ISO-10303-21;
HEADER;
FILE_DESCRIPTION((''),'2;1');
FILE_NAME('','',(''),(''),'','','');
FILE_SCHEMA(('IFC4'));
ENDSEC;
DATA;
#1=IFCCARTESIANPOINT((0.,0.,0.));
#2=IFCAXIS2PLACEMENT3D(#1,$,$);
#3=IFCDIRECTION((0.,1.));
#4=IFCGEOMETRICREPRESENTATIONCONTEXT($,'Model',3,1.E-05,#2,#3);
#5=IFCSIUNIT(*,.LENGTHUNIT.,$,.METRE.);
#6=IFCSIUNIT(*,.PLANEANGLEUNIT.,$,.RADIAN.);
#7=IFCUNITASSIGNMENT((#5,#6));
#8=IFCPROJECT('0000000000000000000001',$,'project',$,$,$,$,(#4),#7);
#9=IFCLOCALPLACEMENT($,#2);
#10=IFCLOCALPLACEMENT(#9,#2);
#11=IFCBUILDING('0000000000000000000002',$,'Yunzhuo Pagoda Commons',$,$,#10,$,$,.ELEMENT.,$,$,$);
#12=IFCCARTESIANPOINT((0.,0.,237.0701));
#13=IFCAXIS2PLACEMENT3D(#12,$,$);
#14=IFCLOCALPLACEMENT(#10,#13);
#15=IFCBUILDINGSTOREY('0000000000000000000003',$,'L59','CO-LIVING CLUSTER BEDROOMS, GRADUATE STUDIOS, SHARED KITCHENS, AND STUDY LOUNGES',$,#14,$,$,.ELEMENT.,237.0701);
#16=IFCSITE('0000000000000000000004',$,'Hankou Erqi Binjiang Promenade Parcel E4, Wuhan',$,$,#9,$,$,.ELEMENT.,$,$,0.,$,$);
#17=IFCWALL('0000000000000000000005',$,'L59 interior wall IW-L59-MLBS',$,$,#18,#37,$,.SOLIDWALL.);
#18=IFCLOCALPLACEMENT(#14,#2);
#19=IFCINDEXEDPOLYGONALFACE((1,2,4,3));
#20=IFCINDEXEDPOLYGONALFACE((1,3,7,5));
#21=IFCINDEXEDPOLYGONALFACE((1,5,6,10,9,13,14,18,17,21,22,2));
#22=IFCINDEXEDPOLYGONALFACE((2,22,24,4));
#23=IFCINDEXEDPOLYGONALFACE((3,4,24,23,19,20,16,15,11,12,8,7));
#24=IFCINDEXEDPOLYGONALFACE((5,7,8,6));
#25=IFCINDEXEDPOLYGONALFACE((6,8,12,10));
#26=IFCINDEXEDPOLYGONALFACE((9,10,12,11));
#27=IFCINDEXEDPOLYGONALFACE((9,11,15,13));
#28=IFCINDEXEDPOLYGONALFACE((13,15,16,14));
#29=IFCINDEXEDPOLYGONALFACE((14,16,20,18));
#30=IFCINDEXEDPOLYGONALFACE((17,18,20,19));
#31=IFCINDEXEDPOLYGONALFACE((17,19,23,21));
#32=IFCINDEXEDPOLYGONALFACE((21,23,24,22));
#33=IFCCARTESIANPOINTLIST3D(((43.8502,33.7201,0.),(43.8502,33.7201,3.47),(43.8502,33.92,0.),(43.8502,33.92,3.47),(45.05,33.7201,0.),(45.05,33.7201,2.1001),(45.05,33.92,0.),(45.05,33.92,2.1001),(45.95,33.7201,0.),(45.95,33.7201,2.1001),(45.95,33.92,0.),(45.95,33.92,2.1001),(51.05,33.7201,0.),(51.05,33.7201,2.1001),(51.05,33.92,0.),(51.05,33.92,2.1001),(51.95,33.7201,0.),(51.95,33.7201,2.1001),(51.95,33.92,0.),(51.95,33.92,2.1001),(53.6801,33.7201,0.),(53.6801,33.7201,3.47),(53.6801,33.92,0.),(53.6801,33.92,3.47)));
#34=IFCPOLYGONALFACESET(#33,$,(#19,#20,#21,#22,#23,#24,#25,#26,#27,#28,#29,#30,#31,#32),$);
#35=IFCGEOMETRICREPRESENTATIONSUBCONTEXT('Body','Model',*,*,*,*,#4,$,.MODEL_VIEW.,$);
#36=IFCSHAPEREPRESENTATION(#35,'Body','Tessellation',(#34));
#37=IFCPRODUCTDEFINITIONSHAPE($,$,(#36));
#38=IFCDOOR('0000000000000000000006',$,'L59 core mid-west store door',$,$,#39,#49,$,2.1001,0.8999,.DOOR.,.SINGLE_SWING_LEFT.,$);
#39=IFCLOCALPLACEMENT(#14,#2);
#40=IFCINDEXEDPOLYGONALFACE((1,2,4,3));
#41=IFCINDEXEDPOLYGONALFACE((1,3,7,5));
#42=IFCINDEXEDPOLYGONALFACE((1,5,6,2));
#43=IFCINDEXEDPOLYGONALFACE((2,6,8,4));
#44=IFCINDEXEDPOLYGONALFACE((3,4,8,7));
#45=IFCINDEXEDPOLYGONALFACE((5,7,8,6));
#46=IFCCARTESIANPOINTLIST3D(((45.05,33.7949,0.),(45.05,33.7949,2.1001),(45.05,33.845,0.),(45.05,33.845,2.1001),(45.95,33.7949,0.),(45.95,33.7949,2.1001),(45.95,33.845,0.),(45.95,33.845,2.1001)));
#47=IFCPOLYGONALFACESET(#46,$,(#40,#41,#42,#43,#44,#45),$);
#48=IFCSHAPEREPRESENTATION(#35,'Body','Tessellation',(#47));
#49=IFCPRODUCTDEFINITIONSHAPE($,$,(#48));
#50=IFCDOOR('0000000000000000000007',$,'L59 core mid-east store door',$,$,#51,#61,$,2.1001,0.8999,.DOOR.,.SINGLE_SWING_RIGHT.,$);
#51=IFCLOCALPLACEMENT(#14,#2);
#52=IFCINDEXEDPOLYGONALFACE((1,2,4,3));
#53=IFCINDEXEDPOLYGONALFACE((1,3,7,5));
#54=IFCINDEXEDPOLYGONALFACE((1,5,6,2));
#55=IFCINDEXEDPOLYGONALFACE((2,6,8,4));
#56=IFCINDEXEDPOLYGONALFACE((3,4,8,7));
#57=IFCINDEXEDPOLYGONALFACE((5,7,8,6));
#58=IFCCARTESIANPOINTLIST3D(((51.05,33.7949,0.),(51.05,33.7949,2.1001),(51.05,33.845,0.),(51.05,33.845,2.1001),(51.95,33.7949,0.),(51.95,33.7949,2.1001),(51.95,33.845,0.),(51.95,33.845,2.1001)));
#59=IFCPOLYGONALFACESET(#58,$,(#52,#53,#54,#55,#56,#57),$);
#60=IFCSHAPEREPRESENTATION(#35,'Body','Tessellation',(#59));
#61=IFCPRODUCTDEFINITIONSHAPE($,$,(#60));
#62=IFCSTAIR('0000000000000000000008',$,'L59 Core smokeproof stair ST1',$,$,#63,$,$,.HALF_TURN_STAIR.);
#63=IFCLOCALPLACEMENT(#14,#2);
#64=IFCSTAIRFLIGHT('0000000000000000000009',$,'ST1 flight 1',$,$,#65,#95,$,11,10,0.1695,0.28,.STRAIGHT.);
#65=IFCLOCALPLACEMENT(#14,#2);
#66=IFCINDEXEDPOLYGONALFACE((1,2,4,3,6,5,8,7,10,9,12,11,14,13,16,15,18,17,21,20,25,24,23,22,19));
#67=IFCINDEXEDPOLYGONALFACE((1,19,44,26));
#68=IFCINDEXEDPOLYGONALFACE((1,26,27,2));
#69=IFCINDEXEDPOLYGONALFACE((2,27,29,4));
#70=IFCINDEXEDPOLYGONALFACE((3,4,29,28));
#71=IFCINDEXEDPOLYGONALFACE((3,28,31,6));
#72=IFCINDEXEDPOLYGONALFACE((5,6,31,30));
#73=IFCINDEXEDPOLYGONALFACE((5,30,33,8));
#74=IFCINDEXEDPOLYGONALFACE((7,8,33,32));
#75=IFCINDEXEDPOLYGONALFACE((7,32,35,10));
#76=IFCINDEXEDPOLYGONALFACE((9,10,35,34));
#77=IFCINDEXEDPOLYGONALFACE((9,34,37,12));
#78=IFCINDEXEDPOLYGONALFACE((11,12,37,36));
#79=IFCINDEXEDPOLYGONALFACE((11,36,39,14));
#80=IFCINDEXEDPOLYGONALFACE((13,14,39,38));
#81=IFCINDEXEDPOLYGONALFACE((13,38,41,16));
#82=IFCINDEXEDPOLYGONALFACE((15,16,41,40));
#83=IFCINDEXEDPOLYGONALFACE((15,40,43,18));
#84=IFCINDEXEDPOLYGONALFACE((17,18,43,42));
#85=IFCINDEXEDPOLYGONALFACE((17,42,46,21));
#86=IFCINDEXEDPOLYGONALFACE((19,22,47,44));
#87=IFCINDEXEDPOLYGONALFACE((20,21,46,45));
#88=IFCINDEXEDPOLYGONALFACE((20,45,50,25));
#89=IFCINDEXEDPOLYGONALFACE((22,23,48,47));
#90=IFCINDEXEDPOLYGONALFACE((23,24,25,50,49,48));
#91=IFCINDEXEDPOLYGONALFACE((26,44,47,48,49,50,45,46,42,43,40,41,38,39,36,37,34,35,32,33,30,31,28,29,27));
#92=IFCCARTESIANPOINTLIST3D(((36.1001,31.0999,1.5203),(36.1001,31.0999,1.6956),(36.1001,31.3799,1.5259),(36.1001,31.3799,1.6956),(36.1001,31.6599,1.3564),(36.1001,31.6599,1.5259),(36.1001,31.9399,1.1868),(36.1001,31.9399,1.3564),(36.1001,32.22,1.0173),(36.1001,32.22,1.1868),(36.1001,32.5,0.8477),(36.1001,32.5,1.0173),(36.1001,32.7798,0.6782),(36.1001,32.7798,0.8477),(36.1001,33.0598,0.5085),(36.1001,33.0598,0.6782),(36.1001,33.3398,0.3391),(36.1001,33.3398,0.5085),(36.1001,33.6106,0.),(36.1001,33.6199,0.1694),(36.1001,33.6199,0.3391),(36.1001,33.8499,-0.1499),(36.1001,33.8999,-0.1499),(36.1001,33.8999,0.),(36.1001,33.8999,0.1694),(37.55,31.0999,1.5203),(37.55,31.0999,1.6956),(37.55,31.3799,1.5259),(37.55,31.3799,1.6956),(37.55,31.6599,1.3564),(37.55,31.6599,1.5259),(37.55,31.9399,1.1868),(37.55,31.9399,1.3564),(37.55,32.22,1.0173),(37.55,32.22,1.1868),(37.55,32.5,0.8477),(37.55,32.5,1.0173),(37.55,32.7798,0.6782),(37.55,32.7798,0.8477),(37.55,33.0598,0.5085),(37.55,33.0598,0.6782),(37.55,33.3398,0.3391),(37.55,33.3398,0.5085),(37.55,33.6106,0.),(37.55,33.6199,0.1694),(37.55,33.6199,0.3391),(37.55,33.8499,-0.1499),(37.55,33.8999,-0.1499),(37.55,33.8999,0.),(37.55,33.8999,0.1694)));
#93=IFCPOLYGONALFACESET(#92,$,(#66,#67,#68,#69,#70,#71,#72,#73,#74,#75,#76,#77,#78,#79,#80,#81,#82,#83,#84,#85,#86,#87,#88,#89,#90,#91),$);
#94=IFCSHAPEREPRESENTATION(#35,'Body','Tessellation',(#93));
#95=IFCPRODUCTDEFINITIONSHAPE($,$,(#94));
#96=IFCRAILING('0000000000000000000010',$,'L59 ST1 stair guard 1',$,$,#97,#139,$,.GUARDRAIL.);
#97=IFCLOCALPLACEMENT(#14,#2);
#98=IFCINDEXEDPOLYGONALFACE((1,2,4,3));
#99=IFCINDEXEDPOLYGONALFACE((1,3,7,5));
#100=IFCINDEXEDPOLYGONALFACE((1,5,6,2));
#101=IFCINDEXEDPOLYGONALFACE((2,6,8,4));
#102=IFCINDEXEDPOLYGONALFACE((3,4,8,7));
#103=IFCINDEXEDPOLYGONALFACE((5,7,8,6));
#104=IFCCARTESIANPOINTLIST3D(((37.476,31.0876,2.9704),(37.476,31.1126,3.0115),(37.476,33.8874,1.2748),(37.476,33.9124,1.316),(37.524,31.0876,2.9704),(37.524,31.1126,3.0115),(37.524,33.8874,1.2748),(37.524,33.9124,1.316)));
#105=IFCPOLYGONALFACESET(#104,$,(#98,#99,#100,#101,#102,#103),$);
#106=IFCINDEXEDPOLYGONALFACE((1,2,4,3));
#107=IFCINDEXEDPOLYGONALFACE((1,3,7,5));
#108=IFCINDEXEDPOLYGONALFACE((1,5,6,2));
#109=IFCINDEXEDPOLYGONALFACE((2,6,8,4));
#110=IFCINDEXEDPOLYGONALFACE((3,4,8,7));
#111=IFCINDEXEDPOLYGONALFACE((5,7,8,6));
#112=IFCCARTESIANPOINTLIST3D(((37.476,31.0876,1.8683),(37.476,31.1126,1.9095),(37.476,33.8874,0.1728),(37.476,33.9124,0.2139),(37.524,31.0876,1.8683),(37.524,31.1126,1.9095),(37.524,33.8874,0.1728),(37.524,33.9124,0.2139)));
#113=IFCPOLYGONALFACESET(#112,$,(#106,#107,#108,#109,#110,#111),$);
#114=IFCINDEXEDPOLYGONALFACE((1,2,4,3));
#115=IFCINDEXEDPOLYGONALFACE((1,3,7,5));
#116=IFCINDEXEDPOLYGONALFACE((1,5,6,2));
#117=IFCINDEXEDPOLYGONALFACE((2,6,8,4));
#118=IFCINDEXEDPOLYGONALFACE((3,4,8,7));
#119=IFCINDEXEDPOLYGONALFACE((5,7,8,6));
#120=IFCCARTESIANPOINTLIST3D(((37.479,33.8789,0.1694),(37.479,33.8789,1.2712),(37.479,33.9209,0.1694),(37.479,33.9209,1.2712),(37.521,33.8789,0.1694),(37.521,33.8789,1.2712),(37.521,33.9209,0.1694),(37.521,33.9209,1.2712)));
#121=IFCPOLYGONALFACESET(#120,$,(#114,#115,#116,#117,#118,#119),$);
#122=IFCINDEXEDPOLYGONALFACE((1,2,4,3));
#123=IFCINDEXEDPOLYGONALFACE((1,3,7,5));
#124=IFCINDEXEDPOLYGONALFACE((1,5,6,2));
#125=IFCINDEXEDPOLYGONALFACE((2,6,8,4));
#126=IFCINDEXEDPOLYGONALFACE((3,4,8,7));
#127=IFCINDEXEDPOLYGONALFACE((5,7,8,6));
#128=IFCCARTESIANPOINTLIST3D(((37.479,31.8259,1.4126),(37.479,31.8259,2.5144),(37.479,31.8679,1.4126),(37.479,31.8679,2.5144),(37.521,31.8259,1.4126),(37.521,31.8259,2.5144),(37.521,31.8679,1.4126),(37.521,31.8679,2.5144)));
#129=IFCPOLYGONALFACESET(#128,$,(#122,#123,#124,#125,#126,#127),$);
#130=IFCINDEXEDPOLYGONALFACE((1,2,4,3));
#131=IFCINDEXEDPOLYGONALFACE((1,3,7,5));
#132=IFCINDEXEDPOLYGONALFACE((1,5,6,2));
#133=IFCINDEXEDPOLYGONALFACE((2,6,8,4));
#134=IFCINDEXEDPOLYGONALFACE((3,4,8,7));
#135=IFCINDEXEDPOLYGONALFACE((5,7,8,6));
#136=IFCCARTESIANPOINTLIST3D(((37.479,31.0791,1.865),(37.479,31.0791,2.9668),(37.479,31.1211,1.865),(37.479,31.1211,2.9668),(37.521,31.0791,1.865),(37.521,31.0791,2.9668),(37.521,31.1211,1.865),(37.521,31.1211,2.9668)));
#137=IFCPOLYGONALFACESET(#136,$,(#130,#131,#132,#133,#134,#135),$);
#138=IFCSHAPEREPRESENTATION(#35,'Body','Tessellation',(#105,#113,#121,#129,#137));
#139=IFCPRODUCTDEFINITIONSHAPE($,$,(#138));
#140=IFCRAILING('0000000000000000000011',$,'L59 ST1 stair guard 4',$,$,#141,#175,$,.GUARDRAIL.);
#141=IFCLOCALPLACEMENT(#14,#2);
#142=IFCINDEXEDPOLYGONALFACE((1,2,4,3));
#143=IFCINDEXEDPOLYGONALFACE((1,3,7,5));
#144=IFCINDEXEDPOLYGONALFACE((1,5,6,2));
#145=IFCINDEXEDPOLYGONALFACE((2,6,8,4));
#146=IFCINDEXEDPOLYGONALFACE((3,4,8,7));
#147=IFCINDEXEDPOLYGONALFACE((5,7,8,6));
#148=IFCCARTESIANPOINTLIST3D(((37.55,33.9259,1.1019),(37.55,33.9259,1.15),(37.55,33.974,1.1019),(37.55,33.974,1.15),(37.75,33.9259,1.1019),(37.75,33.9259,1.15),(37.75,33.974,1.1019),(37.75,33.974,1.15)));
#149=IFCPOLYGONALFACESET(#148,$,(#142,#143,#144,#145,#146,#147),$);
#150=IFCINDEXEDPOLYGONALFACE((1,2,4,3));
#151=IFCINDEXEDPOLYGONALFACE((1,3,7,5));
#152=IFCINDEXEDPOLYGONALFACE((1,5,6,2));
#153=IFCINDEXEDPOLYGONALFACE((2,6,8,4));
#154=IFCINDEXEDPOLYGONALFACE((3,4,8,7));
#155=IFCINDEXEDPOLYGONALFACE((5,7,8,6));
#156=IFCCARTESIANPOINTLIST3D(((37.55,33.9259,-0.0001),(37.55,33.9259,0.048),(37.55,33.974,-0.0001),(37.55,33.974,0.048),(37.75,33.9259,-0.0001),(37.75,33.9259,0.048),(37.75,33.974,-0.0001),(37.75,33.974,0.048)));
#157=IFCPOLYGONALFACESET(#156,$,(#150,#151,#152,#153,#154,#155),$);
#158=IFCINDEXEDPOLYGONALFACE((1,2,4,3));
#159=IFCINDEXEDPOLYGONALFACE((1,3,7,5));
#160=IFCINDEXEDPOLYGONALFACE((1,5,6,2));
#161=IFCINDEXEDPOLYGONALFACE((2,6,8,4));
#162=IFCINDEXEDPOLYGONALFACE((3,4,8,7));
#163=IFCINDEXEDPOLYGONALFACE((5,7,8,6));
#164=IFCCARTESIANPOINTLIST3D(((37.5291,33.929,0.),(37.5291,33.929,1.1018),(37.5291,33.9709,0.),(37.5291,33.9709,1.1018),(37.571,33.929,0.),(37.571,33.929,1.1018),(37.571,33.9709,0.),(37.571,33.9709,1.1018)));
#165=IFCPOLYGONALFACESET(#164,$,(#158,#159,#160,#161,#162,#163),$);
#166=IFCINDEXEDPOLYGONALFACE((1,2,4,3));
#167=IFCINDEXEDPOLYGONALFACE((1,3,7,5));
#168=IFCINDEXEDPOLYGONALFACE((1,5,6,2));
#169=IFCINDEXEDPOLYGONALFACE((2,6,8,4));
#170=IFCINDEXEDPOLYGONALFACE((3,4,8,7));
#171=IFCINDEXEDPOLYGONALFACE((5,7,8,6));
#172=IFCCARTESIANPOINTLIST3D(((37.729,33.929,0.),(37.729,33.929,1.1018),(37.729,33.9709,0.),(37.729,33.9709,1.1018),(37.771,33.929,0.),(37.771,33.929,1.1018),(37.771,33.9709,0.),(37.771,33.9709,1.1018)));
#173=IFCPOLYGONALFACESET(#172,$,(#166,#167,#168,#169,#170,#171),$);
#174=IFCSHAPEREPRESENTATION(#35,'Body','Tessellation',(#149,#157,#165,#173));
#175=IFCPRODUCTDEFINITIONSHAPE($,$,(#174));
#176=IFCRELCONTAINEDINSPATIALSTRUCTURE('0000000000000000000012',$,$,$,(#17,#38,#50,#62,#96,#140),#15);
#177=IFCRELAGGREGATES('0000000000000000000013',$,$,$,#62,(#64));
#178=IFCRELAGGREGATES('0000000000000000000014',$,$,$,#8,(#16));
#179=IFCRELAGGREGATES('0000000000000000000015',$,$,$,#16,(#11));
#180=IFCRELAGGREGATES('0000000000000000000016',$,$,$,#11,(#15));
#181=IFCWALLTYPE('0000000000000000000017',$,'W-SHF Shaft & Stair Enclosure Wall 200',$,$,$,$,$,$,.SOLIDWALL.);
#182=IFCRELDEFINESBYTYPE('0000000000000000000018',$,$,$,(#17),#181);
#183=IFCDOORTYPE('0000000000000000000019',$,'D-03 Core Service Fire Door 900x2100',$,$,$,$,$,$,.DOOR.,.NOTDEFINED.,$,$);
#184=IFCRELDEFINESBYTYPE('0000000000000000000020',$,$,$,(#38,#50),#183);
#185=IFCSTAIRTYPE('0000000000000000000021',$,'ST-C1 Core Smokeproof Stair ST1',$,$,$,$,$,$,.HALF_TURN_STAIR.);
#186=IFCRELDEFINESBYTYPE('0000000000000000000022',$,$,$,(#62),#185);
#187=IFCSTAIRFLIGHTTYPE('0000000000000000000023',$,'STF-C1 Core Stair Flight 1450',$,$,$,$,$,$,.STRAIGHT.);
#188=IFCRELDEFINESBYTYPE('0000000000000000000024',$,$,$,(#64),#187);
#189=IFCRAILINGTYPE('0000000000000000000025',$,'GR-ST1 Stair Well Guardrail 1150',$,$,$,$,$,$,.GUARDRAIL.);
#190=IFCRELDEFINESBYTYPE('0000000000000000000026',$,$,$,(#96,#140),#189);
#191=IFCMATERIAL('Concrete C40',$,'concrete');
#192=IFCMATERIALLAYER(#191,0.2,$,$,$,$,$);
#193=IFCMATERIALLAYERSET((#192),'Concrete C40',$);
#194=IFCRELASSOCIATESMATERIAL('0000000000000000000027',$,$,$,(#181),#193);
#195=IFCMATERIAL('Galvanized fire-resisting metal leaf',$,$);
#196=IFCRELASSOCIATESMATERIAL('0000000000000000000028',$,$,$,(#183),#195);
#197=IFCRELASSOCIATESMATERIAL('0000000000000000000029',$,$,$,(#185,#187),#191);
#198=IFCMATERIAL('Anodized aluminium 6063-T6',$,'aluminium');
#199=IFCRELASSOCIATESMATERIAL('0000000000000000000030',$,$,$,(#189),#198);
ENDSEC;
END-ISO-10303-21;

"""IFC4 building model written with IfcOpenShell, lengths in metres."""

from ifc_helpers import new_model, si_unit, direction, frame, frame_2d, origin, origin_with_axes, origin_2d, place, context, subcontext, project, spatial, polyline, rectangle, outline, extrude, source, transform, mapped, material, layer, layer_set, type_object, element, fill, aggregate, save


model = new_model("IFC4")

# Units and contexts
model_context = context("Model", 3, precision=1e-05, world=origin(), true_north=direction((0.0, 1.0)))
body_context = subcontext(model_context, "Body", "Model", "MODEL_VIEW")
ifc_project = project(units=[si_unit("LENGTHUNIT", "METRE"), si_unit("PLANEANGLEUNIT", "RADIAN")], contexts=[model_context])

# Site, building, storey
site_placement = place(None, origin())
site = spatial("IfcSite", under=ifc_project, at=site_placement, Name="Hankou Erqi Binjiang Promenade Parcel E4, Wuhan", CompositionType="ELEMENT", RefElevation=0.0)
building_placement = place(site_placement, origin())
building = spatial("IfcBuilding", under=site, at=building_placement, Name="Yunzhuo Pagoda Commons", CompositionType="ELEMENT")
storey_placement = place(building_placement, frame((0.0, 0.0, 237.0701)))
storey = spatial("IfcBuildingStorey", under=building, at=storey_placement, Name="L59", Description="CO-LIVING CLUSTER BEDROOMS, GRADUATE STUDIOS, SHARED KITCHENS, AND STUDY LOUNGES", CompositionType="ELEMENT", Elevation=237.0701)

# Shared definitions
ifc_material_1 = material(Name="Galvanized fire-resisting metal leaf")

# Shared definitions
ifc_material_2 = material(Name="Concrete C40", Category="concrete")
ifc_layer_1 = layer(ifc_material_2, 0.2)
ifc_layer_set_1 = layer_set([ifc_layer_1], Name="Concrete C40")
wall_type_1 = type_object("IfcWallType", Name="W-SHF Shaft & Stair Enclosure Wall 200", PredefinedType="SOLIDWALL", material=ifc_layer_set_1)

# Shared definitions
door_type_1 = type_object("IfcDoorType", Name="D-03 Core Service Fire Door 900x2100", OperationType="NOTDEFINED", PredefinedType="DOOR", material=ifc_material_1)
shared_shape_1 = source(origin(), body_context, "Body", "SweptSolid", [
    extrude(rectangle(XDim=0.8999, YDim=2.1001, at=frame_2d((0.45, 1.05))), frame((0.0, 0.0249, 0.0), z_axis=(0.0, -1.0, 0.0), x_axis=(1.0, 0.0, 0.0)), (0.0, 0.0, 1.0), 0.05),
])

# Wall, openings, doors
wall_1_placement = place(storey_placement, frame((43.8501, 33.8201, 0.0), z_axis=(0.0, 0.0, 1.0), x_axis=(1.0, 0.0, 0.0)))
wall_1 = element("IfcWall", 1, at=wall_1_placement, inside=storey, type_object=wall_type_1, Name="L59 interior wall IW-L59-MLBS", PredefinedType="SOLIDWALL", context=body_context, shape_type="SweptSolid", body=[
    extrude(rectangle(XDim=9.8298, YDim=0.2, at=frame_2d((4.915, 0.0))), origin(), (0.0, 0.0, 1.0), 3.47),
])
opening_1_placement = place(wall_1_placement, frame((1.2, 0.0, 0.0)))
opening_1 = element("IfcOpeningElement", 2, at=opening_1_placement, cuts=wall_1, PredefinedType="OPENING", context=body_context, shape_type="SweptSolid", body=[
    extrude(rectangle(XDim=0.8999, YDim=2.1001, at=frame_2d((0.45, 1.05))), frame((0.0, 0.1099, 0.0), z_axis=(0.0, -1.0, 0.0), x_axis=(1.0, 0.0, 0.0)), (0.0, 0.0, 1.0), 0.22),
])
opening_2_placement = place(wall_1_placement, frame((7.2, 0.0, 0.0)))
opening_2 = element("IfcOpeningElement", 3, at=opening_2_placement, cuts=wall_1, PredefinedType="OPENING", context=body_context, shape_type="SweptSolid", body=[
    extrude(rectangle(XDim=0.8999, YDim=2.1001, at=frame_2d((0.45, 1.05))), frame((0.0, 0.1099, 0.0), z_axis=(0.0, -1.0, 0.0), x_axis=(1.0, 0.0, 0.0)), (0.0, 0.0, 1.0), 0.22),
])
door_1_placement = place(opening_1_placement, origin_with_axes())
door_1 = element("IfcDoor", 4, at=door_1_placement, inside=storey, type_object=door_type_1, Name="L59 core mid-west store door", OperationType="SINGLE_SWING_LEFT", OverallHeight=2.1001, OverallWidth=0.8999, PredefinedType="DOOR", context=body_context, shape_type="MappedRepresentation", body=[
    mapped(shared_shape_1, transform((0.0, 0.0, 0.0), scale=1.0)),
])
fill(opening_1, door_1)
door_2_placement = place(opening_2_placement, origin_with_axes())
door_2 = element("IfcDoor", 5, at=door_2_placement, inside=storey, type_object=door_type_1, Name="L59 core mid-east store door", OperationType="SINGLE_SWING_RIGHT", OverallHeight=2.1001, OverallWidth=0.8999, PredefinedType="DOOR", context=body_context, shape_type="MappedRepresentation", body=[
    mapped(shared_shape_1, transform((0.0, 0.0, 0.0), scale=1.0)),
])
fill(opening_2, door_2)

# Stair, stair flight
stair_type = type_object("IfcStairType", Name="ST-C1 Core Smokeproof Stair ST1", PredefinedType="HALF_TURN_STAIR", material=ifc_material_2)
stair_placement = place(storey_placement, origin())
stair = element("IfcStair", 6, at=stair_placement, inside=storey, type_object=stair_type, Name="L59 Core smokeproof stair ST1", PredefinedType="HALF_TURN_STAIR")
stair_flight_type = type_object("IfcStairFlightType", Name="STF-C1 Core Stair Flight 1450", PredefinedType="STRAIGHT", material=ifc_material_2)
shared_shape_2 = source(origin(), body_context, "Body", "SweptSolid", [
    extrude(outline(polyline([(0.0, -0.1499), (0.0, 0.0), (0.0, 0.1694), (0.28, 0.1694), (0.28, 0.3391), (0.5601, 0.3391), (0.5601, 0.5085), (0.8401, 0.5085), (0.8401, 0.6782), (1.1201, 0.6782), (1.1201, 0.8477), (1.3999, 0.8477), (1.3999, 1.0173), (1.6799, 1.0173), (1.6799, 1.1868), (1.96, 1.1868), (1.96, 1.3564), (2.24, 1.3564), (2.24, 1.5259), (2.52, 1.5259), (2.52, 1.6956), (2.8, 1.6956), (2.8, 1.865), (2.8, 1.5203), (0.2893, 0.0), (0.05, -0.1499), (0.0, -0.1499)])), frame((0.0, 0.7251, 0.0), z_axis=(0.0, -1.0, 0.0), x_axis=(1.0, 0.0, 0.0)), (0.0, 0.0, 1.0), 1.45),
])
stair_flight_placement = place(storey_placement, frame((36.825, 33.8999, 0.0), z_axis=(0.0, 0.0, 1.0), x_axis=(0.0, -1.0, 0.0)))
stair_flight = element("IfcStairFlight", 7, at=stair_flight_placement, type_object=stair_flight_type, Name="ST1 flight 1", NumberOfRisers=11, NumberOfTreads=10, PredefinedType="STRAIGHT", RiserHeight=0.1695, TreadLength=0.28, context=body_context, shape_type="MappedRepresentation", body=[
    mapped(shared_shape_2, transform((0.0, 0.0, 0.0), scale=1.0)),
])
aggregate(stair, [stair_flight])

# Railings
ifc_material_3 = material(Name="Anodized aluminium 6063-T6", Category="aluminium")
railing_type_1 = type_object("IfcRailingType", Name="GR-ST1 Stair Well Guardrail 1150", PredefinedType="GUARDRAIL", material=ifc_material_3)
railing_1_placement = place(storey_placement, frame((37.5, 33.8999, 0.1694)))
element("IfcRailing", 8, at=railing_1_placement, inside=storey, type_object=railing_type_1, Name="L59 ST1 stair guard 1", PredefinedType="GUARDRAIL", context=body_context, shape_type="SweptSolid", body=[
    extrude(rectangle(XDim=0.0481, YDim=0.0481, at=origin_2d()), frame((0.0, 0.0, 1.126), z_axis=(0.0, -0.855373, 0.518012), x_axis=(1.0, 0.0, 0.0)), (0.0, 0.0, 1.0), 3.2732),
    extrude(rectangle(XDim=0.0481, YDim=0.0481, at=origin_2d()), frame((0.0, 0.0, 0.0239), z_axis=(0.0, -0.855373, 0.518012), x_axis=(1.0, 0.0, 0.0)), (0.0, 0.0, 1.0), 3.2732),
    extrude(rectangle(XDim=0.042, YDim=0.042, at=origin_2d()), origin(), (0.0, 0.0, 1.0), 1.1018),
    extrude(rectangle(XDim=0.042, YDim=0.042, at=origin_2d()), frame((0.0, -2.053, 1.2432)), (0.0, 0.0, 1.0), 1.1018),
    extrude(rectangle(XDim=0.042, YDim=0.042, at=origin_2d()), frame((0.0, -2.7998, 1.6956)), (0.0, 0.0, 1.0), 1.1018),
])
railing_2_placement = place(storey_placement, frame((37.55, 33.95, 0.0)))
element("IfcRailing", 9, at=railing_2_placement, inside=storey, type_object=railing_type_1, Name="L59 ST1 stair guard 4", PredefinedType="GUARDRAIL", context=body_context, shape_type="SweptSolid", body=[
    extrude(rectangle(XDim=0.0481, YDim=0.0481, at=origin_2d()), frame((0.0, 0.0, 1.126), z_axis=(1.0, 0.0, 0.0), x_axis=(0.0, 1.0, 0.0)), (0.0, 0.0, 1.0), 0.2),
    extrude(rectangle(XDim=0.0481, YDim=0.0481, at=origin_2d()), frame((0.0, 0.0, 0.0239), z_axis=(1.0, 0.0, 0.0), x_axis=(0.0, 1.0, 0.0)), (0.0, 0.0, 1.0), 0.2),
    extrude(rectangle(XDim=0.042, YDim=0.042, at=origin_2d()), origin(), (0.0, 0.0, 1.0), 1.1018),
    extrude(rectangle(XDim=0.042, YDim=0.042, at=origin_2d()), frame((0.2, 0.0, 0.0)), (0.0, 0.0, 1.0), 1.1018),
])

save(model, "model.ifc")
